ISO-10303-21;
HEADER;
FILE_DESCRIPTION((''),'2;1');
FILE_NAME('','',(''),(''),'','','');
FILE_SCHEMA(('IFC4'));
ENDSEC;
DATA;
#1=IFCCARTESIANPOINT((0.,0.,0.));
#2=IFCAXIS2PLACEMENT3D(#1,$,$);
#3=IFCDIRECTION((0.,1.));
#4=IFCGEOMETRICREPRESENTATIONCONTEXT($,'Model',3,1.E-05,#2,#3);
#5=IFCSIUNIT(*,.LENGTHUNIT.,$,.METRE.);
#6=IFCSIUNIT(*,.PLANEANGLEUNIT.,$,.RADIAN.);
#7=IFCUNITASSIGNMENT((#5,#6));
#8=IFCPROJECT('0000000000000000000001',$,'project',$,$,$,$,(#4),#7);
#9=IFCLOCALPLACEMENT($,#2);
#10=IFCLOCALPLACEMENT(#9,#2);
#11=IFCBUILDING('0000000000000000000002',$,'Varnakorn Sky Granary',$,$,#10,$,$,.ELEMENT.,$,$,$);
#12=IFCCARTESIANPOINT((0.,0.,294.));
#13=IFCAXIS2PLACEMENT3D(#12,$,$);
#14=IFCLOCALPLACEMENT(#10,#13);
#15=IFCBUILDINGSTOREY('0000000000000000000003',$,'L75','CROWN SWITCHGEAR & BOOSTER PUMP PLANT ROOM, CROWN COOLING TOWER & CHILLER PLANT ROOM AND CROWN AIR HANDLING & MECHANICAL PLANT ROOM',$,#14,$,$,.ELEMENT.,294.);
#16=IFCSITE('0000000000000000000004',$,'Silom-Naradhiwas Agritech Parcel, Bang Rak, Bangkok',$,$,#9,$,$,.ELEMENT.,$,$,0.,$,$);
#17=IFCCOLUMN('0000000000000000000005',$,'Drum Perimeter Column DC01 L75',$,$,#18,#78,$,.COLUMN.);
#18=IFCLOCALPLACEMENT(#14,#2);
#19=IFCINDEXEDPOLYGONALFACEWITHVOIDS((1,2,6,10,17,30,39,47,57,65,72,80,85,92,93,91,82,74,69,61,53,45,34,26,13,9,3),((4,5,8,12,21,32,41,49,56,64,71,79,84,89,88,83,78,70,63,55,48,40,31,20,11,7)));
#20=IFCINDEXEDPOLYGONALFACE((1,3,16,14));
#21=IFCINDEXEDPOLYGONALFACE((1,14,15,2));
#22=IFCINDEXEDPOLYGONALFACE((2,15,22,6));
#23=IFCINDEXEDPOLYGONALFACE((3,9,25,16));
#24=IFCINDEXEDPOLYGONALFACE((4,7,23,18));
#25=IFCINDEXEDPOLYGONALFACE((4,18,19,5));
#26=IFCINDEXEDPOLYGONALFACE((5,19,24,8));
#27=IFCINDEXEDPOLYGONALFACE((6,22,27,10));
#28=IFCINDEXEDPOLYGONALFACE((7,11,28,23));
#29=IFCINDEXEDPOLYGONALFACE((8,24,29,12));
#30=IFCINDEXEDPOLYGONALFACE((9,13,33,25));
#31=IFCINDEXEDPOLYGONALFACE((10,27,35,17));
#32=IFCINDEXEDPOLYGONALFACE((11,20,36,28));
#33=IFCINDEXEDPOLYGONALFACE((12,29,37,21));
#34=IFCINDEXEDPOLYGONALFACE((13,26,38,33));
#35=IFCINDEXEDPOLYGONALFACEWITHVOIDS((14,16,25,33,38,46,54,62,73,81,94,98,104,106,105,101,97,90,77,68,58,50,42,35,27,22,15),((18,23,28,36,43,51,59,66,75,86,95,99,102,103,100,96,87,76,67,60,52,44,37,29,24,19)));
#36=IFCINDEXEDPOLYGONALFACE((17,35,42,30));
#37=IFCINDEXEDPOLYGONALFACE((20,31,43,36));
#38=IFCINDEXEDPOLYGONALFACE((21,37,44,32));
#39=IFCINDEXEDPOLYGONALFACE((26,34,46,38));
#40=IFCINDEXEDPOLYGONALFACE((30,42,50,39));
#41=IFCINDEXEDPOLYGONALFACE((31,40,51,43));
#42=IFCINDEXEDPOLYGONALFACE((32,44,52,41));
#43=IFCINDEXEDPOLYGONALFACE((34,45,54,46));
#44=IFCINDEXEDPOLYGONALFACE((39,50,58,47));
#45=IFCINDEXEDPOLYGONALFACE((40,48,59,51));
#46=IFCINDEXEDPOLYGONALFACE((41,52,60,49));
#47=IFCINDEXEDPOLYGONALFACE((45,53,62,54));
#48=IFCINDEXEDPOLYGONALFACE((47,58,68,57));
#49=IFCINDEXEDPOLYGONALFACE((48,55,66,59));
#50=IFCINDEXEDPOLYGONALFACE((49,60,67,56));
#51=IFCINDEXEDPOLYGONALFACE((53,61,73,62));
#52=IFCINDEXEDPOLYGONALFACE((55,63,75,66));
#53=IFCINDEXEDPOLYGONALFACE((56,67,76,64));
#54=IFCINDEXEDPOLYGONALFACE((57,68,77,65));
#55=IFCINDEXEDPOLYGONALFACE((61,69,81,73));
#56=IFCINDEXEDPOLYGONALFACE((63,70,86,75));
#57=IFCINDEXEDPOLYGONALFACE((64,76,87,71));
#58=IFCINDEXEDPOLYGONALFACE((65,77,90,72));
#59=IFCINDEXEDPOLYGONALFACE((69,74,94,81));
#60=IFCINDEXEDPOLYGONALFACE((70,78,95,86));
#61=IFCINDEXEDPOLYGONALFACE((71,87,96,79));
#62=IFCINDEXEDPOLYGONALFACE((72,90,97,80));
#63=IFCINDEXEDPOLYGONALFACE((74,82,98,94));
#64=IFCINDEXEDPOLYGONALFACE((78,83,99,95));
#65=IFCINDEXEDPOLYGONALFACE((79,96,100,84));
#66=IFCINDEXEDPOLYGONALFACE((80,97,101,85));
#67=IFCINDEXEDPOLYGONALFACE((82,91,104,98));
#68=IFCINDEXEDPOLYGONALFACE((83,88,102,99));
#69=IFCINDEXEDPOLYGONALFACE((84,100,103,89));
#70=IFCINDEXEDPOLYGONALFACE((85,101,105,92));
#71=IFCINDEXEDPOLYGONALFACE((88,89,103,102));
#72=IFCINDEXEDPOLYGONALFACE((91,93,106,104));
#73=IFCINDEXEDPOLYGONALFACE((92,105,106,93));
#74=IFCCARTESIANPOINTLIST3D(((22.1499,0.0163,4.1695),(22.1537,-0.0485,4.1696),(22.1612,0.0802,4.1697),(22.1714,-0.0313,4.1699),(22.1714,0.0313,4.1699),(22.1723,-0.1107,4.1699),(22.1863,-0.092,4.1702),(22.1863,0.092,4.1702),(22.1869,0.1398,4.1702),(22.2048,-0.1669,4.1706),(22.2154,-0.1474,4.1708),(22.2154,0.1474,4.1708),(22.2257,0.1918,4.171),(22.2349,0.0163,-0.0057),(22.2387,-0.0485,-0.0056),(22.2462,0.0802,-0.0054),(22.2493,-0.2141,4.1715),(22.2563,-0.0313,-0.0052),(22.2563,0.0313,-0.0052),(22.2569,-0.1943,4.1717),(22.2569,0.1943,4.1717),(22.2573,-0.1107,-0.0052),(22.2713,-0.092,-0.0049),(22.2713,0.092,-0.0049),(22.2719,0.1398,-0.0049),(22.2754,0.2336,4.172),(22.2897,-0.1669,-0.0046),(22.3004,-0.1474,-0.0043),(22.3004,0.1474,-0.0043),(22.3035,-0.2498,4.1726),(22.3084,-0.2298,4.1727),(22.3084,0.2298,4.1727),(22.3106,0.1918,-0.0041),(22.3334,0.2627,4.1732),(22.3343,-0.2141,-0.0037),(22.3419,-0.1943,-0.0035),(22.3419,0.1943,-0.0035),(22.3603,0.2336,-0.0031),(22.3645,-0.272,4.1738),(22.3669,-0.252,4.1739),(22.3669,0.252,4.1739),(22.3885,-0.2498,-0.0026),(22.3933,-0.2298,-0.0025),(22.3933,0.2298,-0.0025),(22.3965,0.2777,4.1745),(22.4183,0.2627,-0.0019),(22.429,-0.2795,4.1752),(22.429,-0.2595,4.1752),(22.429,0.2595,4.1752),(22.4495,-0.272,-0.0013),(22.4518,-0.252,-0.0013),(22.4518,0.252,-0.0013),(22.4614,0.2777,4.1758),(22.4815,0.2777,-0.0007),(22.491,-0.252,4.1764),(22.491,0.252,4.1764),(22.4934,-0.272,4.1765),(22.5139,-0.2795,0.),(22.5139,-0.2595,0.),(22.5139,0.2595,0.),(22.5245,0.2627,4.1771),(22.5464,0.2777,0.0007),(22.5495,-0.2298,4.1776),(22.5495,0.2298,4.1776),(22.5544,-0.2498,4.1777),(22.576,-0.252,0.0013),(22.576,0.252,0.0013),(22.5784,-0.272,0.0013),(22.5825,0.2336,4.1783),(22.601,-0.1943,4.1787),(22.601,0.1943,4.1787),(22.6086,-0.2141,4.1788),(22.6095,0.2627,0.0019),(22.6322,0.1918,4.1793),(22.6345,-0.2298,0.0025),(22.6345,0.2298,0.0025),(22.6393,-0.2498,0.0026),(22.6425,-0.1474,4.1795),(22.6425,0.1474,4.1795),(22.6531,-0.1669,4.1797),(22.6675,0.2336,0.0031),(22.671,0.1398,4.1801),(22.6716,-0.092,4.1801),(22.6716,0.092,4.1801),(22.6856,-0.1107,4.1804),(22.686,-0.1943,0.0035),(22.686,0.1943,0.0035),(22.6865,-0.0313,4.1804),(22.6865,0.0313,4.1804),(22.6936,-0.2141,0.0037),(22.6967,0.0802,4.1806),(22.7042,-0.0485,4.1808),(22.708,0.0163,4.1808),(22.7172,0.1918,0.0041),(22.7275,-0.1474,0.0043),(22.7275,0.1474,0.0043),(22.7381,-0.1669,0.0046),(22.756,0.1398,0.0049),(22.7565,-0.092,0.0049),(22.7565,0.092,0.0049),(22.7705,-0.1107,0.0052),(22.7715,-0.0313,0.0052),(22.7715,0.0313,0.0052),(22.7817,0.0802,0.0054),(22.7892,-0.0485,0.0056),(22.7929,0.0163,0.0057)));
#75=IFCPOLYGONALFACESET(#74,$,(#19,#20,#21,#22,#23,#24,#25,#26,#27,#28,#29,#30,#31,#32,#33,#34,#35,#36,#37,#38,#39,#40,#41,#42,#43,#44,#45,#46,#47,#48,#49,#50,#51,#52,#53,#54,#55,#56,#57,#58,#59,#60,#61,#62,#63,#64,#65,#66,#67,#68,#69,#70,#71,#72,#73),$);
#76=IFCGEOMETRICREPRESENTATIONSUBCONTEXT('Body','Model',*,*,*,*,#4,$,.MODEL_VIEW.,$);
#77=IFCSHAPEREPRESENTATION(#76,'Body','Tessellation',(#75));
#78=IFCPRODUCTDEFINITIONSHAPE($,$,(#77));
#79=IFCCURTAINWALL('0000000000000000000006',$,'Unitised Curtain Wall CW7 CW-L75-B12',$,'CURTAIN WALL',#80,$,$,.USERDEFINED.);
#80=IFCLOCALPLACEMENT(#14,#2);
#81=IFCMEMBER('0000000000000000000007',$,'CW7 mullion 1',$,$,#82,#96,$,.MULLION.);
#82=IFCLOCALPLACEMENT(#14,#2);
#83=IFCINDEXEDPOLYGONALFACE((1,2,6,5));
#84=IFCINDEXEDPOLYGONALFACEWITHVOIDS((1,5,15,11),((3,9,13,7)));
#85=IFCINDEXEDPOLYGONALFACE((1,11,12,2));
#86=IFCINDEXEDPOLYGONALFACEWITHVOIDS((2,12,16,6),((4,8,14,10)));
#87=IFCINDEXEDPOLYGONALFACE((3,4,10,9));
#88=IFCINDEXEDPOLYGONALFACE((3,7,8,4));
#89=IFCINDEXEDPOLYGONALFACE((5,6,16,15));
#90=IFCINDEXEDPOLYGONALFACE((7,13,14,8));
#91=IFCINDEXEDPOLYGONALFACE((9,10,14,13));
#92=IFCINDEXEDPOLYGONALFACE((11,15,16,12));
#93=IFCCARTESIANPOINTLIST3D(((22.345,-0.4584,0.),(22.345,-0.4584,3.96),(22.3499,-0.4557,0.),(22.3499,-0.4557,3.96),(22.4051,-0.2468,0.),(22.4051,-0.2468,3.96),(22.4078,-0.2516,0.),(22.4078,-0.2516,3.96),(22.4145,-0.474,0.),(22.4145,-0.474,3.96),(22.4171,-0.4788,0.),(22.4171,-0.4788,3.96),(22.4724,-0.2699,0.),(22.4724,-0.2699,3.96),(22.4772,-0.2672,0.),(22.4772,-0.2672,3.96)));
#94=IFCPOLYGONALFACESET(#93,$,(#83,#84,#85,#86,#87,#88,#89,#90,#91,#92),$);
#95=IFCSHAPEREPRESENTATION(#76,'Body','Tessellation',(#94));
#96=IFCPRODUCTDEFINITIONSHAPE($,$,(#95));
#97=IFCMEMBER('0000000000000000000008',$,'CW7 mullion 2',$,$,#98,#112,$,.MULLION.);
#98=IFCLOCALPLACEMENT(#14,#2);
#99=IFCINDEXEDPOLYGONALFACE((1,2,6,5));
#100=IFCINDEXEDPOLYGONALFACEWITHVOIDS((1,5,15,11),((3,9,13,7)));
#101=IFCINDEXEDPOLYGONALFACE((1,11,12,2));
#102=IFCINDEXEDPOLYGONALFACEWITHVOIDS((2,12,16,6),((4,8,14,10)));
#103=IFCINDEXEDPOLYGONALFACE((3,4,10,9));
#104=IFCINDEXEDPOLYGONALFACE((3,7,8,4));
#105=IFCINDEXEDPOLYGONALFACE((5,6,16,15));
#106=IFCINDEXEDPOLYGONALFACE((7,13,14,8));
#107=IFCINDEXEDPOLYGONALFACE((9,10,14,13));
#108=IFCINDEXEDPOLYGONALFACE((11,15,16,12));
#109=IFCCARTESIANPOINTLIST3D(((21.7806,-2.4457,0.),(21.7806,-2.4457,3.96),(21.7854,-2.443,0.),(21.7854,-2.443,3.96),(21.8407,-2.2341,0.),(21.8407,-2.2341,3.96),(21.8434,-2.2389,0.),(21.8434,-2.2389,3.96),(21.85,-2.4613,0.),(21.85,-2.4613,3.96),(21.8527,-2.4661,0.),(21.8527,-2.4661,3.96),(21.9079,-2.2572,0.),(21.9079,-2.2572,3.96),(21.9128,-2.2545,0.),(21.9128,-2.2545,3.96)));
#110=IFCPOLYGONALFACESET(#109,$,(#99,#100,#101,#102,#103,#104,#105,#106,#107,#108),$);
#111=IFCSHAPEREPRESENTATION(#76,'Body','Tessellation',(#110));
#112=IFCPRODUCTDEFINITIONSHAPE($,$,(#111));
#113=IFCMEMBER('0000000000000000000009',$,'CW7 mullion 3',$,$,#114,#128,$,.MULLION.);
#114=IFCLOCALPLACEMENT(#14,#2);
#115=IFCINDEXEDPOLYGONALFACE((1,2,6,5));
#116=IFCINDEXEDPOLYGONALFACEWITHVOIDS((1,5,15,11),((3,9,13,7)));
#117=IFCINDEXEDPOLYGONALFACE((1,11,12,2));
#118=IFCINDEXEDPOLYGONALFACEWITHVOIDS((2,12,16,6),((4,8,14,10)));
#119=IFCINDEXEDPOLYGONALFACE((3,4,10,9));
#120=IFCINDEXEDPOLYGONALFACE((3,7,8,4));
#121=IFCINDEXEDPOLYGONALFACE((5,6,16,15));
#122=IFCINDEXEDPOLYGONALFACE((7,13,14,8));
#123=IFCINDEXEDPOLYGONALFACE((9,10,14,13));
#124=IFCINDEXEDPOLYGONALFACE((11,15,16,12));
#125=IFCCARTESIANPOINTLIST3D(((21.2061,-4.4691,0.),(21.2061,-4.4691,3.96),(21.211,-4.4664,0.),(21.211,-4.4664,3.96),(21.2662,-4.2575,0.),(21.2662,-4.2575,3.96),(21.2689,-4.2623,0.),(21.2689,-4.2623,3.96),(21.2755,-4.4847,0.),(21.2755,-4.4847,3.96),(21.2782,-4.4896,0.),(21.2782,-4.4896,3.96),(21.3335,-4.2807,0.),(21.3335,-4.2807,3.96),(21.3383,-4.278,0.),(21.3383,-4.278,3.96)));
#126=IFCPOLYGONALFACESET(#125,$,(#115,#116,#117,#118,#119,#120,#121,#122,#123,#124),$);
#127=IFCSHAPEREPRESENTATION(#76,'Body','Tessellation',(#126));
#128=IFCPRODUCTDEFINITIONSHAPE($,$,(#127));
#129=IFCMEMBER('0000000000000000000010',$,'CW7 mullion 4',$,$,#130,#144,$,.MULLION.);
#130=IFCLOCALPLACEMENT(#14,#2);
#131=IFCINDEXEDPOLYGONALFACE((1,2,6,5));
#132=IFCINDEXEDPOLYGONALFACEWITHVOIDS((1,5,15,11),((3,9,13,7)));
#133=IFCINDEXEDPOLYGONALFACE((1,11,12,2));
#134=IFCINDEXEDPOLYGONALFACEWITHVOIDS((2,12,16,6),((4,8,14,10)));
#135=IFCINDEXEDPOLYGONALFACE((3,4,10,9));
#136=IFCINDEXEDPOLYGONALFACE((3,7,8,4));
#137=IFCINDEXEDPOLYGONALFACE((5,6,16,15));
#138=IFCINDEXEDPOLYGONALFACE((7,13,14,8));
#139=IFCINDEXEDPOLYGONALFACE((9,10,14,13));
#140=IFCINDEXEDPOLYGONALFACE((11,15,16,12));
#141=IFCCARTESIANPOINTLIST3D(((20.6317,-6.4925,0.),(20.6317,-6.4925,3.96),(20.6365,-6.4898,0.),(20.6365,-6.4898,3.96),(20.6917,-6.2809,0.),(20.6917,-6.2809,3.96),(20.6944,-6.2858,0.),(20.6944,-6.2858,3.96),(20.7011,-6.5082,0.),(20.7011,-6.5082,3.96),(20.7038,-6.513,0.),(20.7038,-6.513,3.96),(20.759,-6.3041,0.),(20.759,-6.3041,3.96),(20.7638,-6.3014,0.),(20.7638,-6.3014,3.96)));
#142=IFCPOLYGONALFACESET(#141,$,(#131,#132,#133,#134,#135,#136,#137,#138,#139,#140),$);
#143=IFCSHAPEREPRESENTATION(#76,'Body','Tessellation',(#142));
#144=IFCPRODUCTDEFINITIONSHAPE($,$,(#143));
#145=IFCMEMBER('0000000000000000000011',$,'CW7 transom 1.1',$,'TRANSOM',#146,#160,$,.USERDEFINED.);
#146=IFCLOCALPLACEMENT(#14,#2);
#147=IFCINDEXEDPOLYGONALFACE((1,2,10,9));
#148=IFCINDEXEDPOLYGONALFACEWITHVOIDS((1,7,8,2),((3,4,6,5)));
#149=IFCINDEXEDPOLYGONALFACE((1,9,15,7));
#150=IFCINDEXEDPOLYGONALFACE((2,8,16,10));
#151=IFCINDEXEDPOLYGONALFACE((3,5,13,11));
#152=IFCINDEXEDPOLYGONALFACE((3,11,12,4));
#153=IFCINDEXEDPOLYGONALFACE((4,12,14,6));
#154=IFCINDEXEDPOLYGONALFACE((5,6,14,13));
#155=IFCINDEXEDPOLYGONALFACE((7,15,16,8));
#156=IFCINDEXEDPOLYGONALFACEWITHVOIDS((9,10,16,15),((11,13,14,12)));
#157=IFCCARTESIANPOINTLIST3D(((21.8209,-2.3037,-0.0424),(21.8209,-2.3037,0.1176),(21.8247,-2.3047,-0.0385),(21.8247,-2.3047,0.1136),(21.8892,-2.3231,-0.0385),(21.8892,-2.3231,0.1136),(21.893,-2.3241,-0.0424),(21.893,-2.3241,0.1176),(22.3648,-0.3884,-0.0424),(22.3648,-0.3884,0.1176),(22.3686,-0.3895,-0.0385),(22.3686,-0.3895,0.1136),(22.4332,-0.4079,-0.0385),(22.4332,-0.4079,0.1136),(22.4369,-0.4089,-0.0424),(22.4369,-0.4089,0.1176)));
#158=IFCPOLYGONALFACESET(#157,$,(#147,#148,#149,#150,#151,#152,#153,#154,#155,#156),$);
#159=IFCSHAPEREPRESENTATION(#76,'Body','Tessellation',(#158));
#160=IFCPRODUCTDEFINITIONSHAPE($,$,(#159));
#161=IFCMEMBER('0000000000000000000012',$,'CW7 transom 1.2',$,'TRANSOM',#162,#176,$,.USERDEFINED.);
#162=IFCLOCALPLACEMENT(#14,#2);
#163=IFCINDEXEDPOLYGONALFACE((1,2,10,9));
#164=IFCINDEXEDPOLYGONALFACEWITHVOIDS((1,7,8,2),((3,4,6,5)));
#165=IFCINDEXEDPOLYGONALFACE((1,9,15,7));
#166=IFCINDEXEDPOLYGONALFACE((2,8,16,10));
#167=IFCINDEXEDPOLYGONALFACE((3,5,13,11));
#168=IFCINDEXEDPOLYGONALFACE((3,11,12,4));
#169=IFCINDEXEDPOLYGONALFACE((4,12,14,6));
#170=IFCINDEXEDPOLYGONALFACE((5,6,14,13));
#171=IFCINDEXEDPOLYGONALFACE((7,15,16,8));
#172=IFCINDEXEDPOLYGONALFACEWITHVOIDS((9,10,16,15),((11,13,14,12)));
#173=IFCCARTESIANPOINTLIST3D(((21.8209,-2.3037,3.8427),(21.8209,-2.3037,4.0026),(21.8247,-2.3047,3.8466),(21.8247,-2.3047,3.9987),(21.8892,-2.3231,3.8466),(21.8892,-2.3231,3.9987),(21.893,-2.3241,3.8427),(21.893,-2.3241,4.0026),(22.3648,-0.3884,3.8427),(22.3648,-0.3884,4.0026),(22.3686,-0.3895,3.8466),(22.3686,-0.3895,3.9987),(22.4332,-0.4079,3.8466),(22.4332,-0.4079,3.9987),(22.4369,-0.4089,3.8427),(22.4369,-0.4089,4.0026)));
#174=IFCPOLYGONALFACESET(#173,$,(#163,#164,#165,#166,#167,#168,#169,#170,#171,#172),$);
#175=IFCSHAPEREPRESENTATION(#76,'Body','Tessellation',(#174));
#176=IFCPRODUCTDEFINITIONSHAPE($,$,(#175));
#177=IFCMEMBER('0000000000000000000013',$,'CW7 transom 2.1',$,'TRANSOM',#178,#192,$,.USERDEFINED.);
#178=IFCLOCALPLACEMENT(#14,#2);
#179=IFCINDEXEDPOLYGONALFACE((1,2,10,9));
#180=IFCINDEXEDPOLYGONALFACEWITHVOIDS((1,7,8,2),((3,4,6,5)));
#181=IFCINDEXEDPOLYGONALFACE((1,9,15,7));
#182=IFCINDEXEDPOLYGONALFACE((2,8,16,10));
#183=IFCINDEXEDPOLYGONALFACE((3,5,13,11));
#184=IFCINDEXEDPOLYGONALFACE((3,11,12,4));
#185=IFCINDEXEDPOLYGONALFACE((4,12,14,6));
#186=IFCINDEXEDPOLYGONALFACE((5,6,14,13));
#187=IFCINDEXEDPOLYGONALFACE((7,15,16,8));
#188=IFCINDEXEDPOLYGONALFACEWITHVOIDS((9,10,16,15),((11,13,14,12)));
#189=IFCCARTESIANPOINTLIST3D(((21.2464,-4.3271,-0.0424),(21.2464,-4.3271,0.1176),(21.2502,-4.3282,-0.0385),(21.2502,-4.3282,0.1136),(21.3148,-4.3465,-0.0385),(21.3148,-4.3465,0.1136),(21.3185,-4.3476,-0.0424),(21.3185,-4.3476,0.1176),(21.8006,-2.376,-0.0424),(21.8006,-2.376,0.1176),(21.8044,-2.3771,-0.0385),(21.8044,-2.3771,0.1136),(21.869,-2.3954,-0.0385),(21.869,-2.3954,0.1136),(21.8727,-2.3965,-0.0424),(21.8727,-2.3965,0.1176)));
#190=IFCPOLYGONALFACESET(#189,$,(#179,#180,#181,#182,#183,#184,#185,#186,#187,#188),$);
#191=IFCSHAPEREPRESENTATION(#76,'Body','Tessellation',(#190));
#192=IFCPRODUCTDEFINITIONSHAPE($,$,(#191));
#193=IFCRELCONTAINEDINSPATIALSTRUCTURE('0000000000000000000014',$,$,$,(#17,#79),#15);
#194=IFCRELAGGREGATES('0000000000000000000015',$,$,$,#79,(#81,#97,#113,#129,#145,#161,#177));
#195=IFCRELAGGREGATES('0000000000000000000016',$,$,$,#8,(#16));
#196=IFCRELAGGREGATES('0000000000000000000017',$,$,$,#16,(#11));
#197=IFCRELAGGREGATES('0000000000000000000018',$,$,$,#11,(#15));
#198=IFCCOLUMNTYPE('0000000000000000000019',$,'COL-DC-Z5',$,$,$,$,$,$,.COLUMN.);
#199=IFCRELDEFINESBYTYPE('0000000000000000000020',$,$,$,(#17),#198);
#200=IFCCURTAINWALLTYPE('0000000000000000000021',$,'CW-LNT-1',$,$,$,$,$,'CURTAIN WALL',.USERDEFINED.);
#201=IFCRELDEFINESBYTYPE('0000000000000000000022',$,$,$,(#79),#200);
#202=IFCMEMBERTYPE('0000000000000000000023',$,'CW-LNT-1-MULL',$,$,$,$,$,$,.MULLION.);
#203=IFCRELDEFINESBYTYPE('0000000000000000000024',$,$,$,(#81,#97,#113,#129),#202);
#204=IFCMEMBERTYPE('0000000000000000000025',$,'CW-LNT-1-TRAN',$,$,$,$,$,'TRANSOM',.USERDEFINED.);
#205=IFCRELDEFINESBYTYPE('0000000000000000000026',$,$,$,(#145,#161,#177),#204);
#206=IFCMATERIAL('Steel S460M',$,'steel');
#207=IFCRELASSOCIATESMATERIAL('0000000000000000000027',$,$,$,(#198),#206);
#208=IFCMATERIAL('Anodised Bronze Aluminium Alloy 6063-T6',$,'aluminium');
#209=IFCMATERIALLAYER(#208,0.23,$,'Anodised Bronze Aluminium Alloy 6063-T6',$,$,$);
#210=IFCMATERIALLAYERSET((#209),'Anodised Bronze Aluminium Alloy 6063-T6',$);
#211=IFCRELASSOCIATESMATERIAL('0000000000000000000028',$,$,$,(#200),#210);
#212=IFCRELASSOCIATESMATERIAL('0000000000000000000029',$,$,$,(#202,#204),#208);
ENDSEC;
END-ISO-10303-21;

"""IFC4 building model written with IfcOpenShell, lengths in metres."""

from ifc_helpers import new_model, si_unit, direction, frame, origin, origin_2d, place, context, subcontext, project, spatial, hollow_rectangle, hollow_circle, extrude, material, layer, layer_set, material_profile, profile_set, type_object, element, aggregate, save


model = new_model("IFC4")

# Units and contexts
model_context = context("Model", 3, precision=1e-05, world=origin(), true_north=direction((0.0, 1.0)))
body_context = subcontext(model_context, "Body", "Model", "MODEL_VIEW")
ifc_project = project(units=[si_unit("LENGTHUNIT", "METRE"), si_unit("PLANEANGLEUNIT", "RADIAN")], contexts=[model_context])

# Site, building, storey
site_placement = place(None, origin())
site = spatial("IfcSite", under=ifc_project, at=site_placement, Name="Silom-Naradhiwas Agritech Parcel, Bang Rak, Bangkok", CompositionType="ELEMENT", RefElevation=0.0)
building_placement = place(site_placement, origin())
building = spatial("IfcBuilding", under=site, at=building_placement, Name="Varnakorn Sky Granary", CompositionType="ELEMENT")
storey_placement = place(building_placement, frame((0.0, 0.0, 294.0)))
storey = spatial("IfcBuildingStorey", under=building, at=storey_placement, Name="L75", Description="CROWN SWITCHGEAR & BOOSTER PUMP PLANT ROOM, CROWN COOLING TOWER & CHILLER PLANT ROOM AND CROWN AIR HANDLING & MECHANICAL PLANT ROOM", CompositionType="ELEMENT", Elevation=294.0)

# Column
ifc_material_1 = material(Name="Steel S460M", Category="steel")
ifc_material_profile_1 = material_profile(ifc_material_1, hollow_circle(Radius=0.2795, WallThickness=0.02, at=origin_2d()), Name="CHS 559x20")
ifc_profile_set_1 = profile_set([ifc_material_profile_1], Name="Steel S460M")
column_type = type_object("IfcColumnType", Name="COL-DC-Z5", PredefinedType="COLUMN", material=ifc_profile_set_1)
column_placement = place(storey_placement, frame((22.5139, 0.0, 0.0), z_axis=(-0.020345, 0.0, 0.999793), x_axis=(0.0, -1.0, 0.0)))
element("IfcColumn", 1, at=column_placement, inside=storey, type_object=column_type, Name="Drum Perimeter Column DC01 L75", PredefinedType="COLUMN", context=body_context, shape_type="SweptSolid", body=[
    extrude(hollow_circle(Radius=0.2795, WallThickness=0.02, at=origin_2d()), origin(), (0.0, 0.0, 1.0), 4.176),
])

# Curtain wall, members
ifc_material_2 = material(Name="Anodised Bronze Aluminium Alloy 6063-T6", Category="aluminium")
ifc_layer_1 = layer(ifc_material_2, 0.23, Name="Anodised Bronze Aluminium Alloy 6063-T6")
ifc_layer_set_1 = layer_set([ifc_layer_1], Name="Anodised Bronze Aluminium Alloy 6063-T6")
curtain_wall_type = type_object("IfcCurtainWallType", Name="CW-LNT-1", ElementType="CURTAIN WALL", PredefinedType="USERDEFINED", material=ifc_layer_set_1)
curtain_wall_placement = place(storey_placement, origin())
curtain_wall = element("IfcCurtainWall", 2, at=curtain_wall_placement, inside=storey, type_object=curtain_wall_type, Name="Unitised Curtain Wall CW7 CW-L75-B12", ObjectType="CURTAIN WALL", PredefinedType="USERDEFINED")
ifc_material_profile_2 = material_profile(ifc_material_2, hollow_rectangle(XDim=0.075, YDim=0.22, WallThickness=0.0039, at=origin_2d()), Name="ALU MULL 75x220")
ifc_profile_set_2 = profile_set([ifc_material_profile_2], Name="Anodised Bronze Aluminium Alloy 6063-T6")
member_type_1 = type_object("IfcMemberType", Name="CW-LNT-1-MULL", PredefinedType="MULLION", material=ifc_profile_set_2)
member_1_placement = place(storey_placement, frame((22.4111, -0.3628, 0.0), z_axis=(0.0, 0.0, 1.0), x_axis=(0.961978, -0.273126, 0.0)))
member_1 = element("IfcMember", 3, at=member_1_placement, type_object=member_type_1, Name="CW7 mullion 1", PredefinedType="MULLION", context=body_context, shape_type="SweptSolid", body=[
    extrude(hollow_rectangle(XDim=0.075, YDim=0.22, WallThickness=0.0039, at=origin_2d()), origin(), (0.0, 0.0, 1.0), 3.96),
])
member_2_placement = place(storey_placement, frame((21.8467, -2.3501, 0.0), z_axis=(0.0, 0.0, 1.0), x_axis=(0.961978, -0.273126, 0.0)))
member_2 = element("IfcMember", 4, at=member_2_placement, type_object=member_type_1, Name="CW7 mullion 2", PredefinedType="MULLION", context=body_context, shape_type="SweptSolid", body=[
    extrude(hollow_rectangle(XDim=0.075, YDim=0.22, WallThickness=0.0039, at=origin_2d()), origin(), (0.0, 0.0, 1.0), 3.96),
])
member_3_placement = place(storey_placement, frame((21.2722, -4.3735, 0.0), z_axis=(0.0, 0.0, 1.0), x_axis=(0.961978, -0.273126, 0.0)))
member_3 = element("IfcMember", 5, at=member_3_placement, type_object=member_type_1, Name="CW7 mullion 3", PredefinedType="MULLION", context=body_context, shape_type="SweptSolid", body=[
    extrude(hollow_rectangle(XDim=0.075, YDim=0.22, WallThickness=0.0039, at=origin_2d()), origin(), (0.0, 0.0, 1.0), 3.96),
])
member_4_placement = place(storey_placement, frame((20.6978, -6.397, 0.0), z_axis=(0.0, 0.0, 1.0), x_axis=(0.961978, -0.273126, 0.0)))
member_4 = element("IfcMember", 6, at=member_4_placement, type_object=member_type_1, Name="CW7 mullion 4", PredefinedType="MULLION", context=body_context, shape_type="SweptSolid", body=[
    extrude(hollow_rectangle(XDim=0.075, YDim=0.22, WallThickness=0.0039, at=origin_2d()), origin(), (0.0, 0.0, 1.0), 3.96),
])
ifc_material_profile_3 = material_profile(ifc_material_2, hollow_rectangle(XDim=0.075, YDim=0.1599, WallThickness=0.0039, at=origin_2d()), Name="ALU TRAN 75x160")
ifc_profile_set_3 = profile_set([ifc_material_profile_3], Name="Anodised Bronze Aluminium Alloy 6063-T6")
member_type_2 = type_object("IfcMemberType", Name="CW-LNT-1-TRAN", ElementType="TRANSOM", PredefinedType="USERDEFINED", material=ifc_profile_set_3)
member_5_placement = place(storey_placement, frame((22.4009, -0.3987, 0.0376), z_axis=(-0.273198, -0.961958, 0.0), x_axis=(0.961958, -0.273198, 0.0)))
member_5 = element("IfcMember", 7, at=member_5_placement, type_object=member_type_2, Name="CW7 transom 1.1", ObjectType="TRANSOM", PredefinedType="USERDEFINED", context=body_context, shape_type="SweptSolid", body=[
    extrude(hollow_rectangle(XDim=0.075, YDim=0.1599, WallThickness=0.0039, at=origin_2d()), origin(), (0.0, 0.0, 1.0), 1.991),
])
member_6_placement = place(storey_placement, frame((22.4009, -0.3987, 3.9226), z_axis=(-0.273198, -0.961958, 0.0), x_axis=(0.961958, -0.273198, 0.0)))
member_6 = element("IfcMember", 8, at=member_6_placement, type_object=member_type_2, Name="CW7 transom 1.2", ObjectType="TRANSOM", PredefinedType="USERDEFINED", context=body_context, shape_type="SweptSolid", body=[
    extrude(hollow_rectangle(XDim=0.075, YDim=0.1599, WallThickness=0.0039, at=origin_2d()), origin(), (0.0, 0.0, 1.0), 1.991),
])
member_7_placement = place(storey_placement, frame((21.8367, -2.3862, 0.0376), z_axis=(-0.273226, -0.96195, 0.0), x_axis=(0.96195, -0.273226, 0.0)))
member_7 = element("IfcMember", 9, at=member_7_placement, type_object=member_type_2, Name="CW7 transom 2.1", ObjectType="TRANSOM", PredefinedType="USERDEFINED", context=body_context, shape_type="SweptSolid", body=[
    extrude(hollow_rectangle(XDim=0.075, YDim=0.1599, WallThickness=0.0039, at=origin_2d()), origin(), (0.0, 0.0, 1.0), 2.0283),
])

aggregate(curtain_wall, [member_1, member_2, member_3, member_4, member_5, member_6, member_7])

save(model, "model.ifc")
